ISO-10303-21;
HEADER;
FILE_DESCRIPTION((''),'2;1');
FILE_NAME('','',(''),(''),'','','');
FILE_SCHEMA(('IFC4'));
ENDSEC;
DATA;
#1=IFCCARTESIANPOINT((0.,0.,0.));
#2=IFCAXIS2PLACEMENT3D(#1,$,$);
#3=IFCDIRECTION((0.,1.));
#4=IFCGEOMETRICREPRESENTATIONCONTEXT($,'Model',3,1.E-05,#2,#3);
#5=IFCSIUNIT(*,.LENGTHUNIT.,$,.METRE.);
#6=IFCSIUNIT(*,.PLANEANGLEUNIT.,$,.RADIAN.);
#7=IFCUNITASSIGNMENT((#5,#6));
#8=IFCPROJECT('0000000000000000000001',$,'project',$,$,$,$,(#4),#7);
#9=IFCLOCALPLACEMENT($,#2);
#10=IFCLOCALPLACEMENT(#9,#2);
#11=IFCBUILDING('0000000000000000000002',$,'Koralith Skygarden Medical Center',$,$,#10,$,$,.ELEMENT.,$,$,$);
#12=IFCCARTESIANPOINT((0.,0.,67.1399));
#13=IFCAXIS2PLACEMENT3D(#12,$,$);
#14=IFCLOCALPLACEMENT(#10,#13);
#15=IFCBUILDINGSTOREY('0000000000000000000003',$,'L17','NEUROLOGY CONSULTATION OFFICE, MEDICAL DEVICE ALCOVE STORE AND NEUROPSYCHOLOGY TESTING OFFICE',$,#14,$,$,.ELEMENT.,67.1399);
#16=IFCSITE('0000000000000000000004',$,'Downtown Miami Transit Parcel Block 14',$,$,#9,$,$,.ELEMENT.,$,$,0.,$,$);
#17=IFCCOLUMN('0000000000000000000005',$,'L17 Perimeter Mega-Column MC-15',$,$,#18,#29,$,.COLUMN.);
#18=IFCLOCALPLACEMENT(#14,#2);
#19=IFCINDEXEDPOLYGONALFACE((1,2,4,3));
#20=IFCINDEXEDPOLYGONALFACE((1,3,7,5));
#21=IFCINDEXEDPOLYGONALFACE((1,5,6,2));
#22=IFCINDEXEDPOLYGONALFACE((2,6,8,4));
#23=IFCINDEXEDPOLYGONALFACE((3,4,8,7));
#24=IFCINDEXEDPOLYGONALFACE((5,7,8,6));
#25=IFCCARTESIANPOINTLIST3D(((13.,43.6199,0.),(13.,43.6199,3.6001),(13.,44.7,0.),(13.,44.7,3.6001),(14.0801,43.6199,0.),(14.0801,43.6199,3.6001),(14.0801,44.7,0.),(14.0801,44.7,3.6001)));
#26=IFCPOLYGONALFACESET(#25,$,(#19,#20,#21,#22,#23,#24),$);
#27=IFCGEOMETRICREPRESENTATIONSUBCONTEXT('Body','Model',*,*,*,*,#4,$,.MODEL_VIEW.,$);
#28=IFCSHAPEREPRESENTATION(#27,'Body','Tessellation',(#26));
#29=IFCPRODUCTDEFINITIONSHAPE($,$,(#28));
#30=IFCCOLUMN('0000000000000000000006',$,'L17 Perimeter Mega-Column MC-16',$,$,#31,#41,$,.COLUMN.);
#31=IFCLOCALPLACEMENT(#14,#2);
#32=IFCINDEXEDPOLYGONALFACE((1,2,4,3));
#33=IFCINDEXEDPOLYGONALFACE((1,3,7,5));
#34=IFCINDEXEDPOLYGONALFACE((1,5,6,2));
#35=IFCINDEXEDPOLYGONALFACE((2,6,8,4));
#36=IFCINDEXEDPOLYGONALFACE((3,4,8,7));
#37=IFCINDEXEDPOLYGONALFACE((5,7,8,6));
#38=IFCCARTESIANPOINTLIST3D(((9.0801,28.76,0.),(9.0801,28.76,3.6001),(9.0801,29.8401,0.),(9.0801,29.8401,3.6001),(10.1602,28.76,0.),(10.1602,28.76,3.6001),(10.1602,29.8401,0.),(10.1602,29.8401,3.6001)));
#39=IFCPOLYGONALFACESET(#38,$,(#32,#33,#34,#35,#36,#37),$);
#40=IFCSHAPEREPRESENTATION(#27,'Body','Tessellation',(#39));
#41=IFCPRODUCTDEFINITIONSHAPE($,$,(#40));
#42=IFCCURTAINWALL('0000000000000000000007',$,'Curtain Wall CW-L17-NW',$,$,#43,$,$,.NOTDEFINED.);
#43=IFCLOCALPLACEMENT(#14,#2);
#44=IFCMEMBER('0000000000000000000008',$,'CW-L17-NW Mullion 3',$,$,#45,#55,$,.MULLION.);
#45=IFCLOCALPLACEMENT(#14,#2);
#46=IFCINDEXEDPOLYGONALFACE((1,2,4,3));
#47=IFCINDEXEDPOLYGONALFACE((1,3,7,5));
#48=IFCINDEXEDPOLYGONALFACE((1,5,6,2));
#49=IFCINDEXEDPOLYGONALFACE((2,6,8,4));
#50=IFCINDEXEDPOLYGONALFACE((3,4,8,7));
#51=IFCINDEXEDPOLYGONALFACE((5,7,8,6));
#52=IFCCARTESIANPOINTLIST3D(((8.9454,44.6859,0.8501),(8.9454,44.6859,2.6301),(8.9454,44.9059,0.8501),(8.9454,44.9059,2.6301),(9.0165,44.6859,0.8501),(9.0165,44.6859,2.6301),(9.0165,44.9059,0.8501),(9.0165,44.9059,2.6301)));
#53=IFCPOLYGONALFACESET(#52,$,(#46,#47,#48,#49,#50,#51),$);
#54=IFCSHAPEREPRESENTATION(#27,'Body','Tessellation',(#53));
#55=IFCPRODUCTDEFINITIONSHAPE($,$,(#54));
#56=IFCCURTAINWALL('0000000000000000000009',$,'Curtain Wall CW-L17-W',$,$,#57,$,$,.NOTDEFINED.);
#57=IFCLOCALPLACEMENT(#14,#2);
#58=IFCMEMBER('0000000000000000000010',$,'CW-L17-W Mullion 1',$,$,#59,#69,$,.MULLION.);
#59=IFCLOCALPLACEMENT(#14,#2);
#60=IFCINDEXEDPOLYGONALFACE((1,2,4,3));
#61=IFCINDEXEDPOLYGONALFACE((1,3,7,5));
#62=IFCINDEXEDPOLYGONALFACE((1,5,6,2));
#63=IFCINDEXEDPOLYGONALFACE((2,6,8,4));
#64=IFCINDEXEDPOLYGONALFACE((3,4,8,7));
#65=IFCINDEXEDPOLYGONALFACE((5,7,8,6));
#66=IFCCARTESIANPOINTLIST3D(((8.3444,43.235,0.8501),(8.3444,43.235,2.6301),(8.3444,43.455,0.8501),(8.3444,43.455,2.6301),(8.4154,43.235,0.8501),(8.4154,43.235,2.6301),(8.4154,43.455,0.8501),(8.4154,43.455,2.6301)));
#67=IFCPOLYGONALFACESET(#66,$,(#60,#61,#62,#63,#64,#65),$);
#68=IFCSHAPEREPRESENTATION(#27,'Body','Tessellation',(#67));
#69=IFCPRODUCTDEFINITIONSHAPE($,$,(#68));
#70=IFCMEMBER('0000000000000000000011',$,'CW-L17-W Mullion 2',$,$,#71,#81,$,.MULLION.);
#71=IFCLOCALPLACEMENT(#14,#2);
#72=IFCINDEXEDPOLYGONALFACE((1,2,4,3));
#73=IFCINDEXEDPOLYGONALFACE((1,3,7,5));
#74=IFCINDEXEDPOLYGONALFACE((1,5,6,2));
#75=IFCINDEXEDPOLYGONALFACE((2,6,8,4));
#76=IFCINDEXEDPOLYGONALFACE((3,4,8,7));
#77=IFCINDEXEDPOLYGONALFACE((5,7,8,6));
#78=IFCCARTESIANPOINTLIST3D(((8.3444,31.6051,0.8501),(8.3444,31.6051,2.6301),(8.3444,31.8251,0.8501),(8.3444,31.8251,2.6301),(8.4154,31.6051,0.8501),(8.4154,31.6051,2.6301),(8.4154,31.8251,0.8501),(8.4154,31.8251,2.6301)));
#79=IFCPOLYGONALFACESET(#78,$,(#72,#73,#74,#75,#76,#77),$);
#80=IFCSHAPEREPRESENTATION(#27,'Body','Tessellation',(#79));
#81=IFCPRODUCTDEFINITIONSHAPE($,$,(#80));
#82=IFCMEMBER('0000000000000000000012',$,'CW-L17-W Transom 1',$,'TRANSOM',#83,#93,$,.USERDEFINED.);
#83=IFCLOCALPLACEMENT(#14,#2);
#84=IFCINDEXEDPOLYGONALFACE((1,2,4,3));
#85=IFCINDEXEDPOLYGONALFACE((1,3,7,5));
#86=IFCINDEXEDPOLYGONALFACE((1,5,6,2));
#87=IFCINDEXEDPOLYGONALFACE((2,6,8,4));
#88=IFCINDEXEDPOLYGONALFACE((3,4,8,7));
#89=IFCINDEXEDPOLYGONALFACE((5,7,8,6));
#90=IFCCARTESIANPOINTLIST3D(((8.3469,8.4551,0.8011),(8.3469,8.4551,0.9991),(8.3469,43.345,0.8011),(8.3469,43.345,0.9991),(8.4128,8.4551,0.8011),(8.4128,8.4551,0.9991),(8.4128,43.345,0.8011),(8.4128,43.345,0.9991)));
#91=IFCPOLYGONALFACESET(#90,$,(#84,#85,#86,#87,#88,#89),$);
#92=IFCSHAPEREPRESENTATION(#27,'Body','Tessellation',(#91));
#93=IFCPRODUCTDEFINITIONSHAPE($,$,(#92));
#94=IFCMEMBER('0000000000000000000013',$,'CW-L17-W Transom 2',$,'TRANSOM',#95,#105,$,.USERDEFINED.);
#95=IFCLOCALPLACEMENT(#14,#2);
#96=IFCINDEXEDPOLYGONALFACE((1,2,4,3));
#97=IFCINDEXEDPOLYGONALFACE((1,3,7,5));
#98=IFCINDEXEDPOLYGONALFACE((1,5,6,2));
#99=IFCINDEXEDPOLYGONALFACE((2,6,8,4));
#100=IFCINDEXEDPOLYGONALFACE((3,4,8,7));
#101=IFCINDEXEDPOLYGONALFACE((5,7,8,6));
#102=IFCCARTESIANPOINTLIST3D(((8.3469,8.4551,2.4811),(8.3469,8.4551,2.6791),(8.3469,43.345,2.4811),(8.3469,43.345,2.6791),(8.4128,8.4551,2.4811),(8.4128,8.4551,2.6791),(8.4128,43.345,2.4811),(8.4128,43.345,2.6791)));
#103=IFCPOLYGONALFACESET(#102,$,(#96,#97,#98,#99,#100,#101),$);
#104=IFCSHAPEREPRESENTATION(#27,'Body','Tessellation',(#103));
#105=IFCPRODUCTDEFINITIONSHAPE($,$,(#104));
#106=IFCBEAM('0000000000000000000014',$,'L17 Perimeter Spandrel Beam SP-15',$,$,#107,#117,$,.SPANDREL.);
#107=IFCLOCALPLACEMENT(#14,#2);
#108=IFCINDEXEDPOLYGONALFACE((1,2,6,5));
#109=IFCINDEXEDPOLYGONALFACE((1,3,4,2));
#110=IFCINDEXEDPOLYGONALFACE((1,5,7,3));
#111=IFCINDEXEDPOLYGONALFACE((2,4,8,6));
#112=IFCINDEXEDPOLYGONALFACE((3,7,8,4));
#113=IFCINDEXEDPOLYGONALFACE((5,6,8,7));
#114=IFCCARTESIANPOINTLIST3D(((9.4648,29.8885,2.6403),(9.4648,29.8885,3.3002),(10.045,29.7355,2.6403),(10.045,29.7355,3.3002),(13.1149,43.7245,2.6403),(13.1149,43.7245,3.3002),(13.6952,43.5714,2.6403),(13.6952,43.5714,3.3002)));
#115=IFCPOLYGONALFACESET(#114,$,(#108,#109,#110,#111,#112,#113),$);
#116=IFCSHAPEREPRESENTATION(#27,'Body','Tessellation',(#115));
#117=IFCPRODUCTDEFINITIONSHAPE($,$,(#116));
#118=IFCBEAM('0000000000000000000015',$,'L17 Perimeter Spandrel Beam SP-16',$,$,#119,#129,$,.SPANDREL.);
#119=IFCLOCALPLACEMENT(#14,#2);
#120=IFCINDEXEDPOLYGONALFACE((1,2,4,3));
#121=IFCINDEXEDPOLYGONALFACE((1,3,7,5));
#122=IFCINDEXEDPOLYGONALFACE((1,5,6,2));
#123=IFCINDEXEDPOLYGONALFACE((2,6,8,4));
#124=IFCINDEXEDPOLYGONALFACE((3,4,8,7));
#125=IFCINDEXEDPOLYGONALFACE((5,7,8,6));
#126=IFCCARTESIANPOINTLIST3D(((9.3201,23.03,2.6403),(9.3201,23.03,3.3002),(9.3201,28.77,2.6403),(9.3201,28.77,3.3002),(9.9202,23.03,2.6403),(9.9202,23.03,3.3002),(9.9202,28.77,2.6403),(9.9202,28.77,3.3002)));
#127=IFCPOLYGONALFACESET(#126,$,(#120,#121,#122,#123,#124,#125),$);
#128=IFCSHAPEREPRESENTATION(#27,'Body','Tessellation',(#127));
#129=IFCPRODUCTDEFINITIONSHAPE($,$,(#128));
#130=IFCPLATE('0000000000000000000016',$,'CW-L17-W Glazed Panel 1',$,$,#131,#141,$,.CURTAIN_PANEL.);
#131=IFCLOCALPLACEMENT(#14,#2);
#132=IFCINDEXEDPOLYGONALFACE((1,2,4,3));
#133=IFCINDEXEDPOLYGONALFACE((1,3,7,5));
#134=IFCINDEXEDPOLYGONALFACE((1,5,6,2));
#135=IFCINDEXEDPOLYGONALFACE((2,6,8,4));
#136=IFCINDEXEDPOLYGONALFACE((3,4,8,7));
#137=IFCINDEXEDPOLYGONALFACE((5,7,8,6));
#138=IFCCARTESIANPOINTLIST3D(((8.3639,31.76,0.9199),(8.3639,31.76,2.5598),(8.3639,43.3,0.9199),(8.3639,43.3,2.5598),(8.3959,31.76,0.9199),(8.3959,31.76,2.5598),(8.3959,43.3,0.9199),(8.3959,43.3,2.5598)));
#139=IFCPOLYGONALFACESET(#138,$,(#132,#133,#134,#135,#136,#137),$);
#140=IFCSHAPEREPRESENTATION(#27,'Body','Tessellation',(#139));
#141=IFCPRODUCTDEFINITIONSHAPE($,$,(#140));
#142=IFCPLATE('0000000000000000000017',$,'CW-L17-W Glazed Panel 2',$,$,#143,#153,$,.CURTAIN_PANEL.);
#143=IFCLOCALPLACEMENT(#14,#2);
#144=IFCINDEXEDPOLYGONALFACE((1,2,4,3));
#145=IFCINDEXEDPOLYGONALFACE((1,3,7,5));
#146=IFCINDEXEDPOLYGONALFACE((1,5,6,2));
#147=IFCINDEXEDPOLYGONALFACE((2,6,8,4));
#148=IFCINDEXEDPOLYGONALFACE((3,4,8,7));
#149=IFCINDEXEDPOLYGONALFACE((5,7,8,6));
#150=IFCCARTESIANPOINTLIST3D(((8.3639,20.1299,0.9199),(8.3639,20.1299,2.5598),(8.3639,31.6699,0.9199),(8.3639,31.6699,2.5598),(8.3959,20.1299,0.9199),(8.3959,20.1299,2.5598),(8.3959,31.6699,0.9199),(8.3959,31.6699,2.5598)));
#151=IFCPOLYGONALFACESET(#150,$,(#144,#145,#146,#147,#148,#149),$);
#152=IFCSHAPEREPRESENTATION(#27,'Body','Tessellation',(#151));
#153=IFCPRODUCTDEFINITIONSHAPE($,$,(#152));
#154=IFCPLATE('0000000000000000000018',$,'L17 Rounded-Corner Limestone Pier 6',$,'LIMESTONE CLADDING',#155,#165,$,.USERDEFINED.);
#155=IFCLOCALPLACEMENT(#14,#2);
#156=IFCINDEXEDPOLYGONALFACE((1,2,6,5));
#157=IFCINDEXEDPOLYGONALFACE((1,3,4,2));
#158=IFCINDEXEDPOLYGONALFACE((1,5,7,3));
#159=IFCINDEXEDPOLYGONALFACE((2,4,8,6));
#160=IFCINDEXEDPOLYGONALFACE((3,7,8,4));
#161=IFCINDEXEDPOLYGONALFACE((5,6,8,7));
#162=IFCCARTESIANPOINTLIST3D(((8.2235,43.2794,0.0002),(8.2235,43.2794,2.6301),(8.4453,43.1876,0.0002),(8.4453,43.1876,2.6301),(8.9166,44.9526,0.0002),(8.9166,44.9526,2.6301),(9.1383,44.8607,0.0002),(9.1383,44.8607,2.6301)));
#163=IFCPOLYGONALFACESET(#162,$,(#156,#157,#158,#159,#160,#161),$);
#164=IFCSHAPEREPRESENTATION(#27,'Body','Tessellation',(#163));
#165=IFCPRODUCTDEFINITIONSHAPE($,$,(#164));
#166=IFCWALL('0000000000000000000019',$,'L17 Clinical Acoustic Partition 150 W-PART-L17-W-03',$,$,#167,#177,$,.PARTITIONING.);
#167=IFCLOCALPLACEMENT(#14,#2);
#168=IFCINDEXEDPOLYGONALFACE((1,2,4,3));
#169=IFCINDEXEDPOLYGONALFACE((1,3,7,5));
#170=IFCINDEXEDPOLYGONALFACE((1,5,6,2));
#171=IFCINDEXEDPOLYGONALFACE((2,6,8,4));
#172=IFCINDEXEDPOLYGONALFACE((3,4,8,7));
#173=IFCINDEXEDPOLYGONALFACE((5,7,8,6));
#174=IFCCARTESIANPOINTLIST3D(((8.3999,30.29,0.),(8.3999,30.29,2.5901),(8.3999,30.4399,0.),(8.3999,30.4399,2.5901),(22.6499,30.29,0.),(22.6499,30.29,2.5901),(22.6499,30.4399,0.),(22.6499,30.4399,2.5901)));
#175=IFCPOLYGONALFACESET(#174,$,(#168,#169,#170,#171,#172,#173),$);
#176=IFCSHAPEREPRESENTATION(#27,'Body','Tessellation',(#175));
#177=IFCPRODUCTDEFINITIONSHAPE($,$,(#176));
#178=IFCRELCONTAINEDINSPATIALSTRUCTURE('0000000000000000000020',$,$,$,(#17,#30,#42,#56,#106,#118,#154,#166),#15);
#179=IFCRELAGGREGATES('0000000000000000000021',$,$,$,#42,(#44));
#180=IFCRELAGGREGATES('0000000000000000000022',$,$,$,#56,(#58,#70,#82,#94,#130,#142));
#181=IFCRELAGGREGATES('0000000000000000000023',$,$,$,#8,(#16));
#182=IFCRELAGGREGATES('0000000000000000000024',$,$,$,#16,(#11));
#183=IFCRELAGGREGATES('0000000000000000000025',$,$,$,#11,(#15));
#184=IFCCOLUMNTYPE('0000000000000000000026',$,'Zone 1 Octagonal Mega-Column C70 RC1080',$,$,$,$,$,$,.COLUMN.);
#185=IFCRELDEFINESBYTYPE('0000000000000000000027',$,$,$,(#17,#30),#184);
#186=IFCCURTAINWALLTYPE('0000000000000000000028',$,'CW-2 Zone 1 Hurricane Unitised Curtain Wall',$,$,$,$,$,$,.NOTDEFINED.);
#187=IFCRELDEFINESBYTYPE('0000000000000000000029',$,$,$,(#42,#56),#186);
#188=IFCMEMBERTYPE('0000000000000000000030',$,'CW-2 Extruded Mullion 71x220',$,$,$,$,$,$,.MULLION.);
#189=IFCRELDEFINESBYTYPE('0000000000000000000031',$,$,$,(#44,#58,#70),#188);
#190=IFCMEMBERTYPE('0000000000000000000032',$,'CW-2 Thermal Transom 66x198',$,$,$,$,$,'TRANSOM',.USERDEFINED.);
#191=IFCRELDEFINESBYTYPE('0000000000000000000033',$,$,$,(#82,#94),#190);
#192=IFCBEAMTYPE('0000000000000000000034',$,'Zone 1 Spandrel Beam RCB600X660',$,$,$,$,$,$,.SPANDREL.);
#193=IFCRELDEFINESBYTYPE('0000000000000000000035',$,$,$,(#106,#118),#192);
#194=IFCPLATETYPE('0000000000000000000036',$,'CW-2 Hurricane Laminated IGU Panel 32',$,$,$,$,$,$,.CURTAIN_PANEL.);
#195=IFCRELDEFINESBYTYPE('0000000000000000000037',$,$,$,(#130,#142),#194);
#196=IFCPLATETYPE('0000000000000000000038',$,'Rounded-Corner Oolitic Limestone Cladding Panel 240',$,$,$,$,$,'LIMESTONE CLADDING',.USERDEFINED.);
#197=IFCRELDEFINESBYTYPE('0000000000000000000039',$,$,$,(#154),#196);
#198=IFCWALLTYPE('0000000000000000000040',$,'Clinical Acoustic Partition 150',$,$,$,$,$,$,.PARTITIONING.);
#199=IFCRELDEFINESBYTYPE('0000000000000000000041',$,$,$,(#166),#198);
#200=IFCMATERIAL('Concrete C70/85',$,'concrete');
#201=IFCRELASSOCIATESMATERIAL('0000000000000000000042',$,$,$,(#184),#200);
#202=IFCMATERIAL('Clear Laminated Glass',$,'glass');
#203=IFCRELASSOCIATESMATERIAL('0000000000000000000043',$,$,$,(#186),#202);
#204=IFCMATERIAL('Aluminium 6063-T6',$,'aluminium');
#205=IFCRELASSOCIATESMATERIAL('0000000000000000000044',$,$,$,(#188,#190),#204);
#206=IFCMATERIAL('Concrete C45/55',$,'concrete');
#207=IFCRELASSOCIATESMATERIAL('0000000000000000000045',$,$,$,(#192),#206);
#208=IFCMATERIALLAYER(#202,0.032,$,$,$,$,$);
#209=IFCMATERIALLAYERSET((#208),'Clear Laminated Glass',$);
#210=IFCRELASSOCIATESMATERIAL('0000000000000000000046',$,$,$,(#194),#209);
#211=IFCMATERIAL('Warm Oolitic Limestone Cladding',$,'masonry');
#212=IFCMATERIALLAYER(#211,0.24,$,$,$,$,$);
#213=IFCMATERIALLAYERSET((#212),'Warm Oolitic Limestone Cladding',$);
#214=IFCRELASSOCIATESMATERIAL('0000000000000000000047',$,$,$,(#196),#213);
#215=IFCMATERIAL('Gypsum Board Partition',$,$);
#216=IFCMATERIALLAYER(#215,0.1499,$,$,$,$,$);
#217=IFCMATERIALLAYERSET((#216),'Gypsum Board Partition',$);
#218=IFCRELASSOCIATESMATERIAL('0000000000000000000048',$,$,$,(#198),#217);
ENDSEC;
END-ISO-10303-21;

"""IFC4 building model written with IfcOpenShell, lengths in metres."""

from ifc_helpers import new_model, si_unit, direction, frame, frame_2d, origin, origin_2d, place, context, subcontext, project, spatial, rectangle, extrude, material, layer, layer_set, material_profile, profile_set, type_object, element, aggregate, save


model = new_model("IFC4")

# Units and contexts
model_context = context("Model", 3, precision=1e-05, world=origin(), true_north=direction((0.0, 1.0)))
body_context = subcontext(model_context, "Body", "Model", "MODEL_VIEW")
ifc_project = project(units=[si_unit("LENGTHUNIT", "METRE"), si_unit("PLANEANGLEUNIT", "RADIAN")], contexts=[model_context])

# Site, building, storey
site_placement = place(None, origin())
site = spatial("IfcSite", under=ifc_project, at=site_placement, Name="Downtown Miami Transit Parcel Block 14", CompositionType="ELEMENT", RefElevation=0.0)
building_placement = place(site_placement, origin())
building = spatial("IfcBuilding", under=site, at=building_placement, Name="Koralith Skygarden Medical Center", CompositionType="ELEMENT")
storey_placement = place(building_placement, frame((0.0, 0.0, 67.1399)))
storey = spatial("IfcBuildingStorey", under=building, at=storey_placement, Name="L17", Description="NEUROLOGY CONSULTATION OFFICE, MEDICAL DEVICE ALCOVE STORE AND NEUROPSYCHOLOGY TESTING OFFICE", CompositionType="ELEMENT", Elevation=67.1399)

# Columns
ifc_material_1 = material(Name="Concrete C70/85", Category="concrete")
ifc_material_profile_1 = material_profile(ifc_material_1, rectangle(XDim=1.0801, YDim=1.0801, at=origin_2d()), Name="RC1080X1080")
ifc_profile_set_1 = profile_set([ifc_material_profile_1], Name="Concrete C70/85")
column_type = type_object("IfcColumnType", Name="Zone 1 Octagonal Mega-Column C70 RC1080", PredefinedType="COLUMN", material=ifc_profile_set_1)
for number, where, z_axis, x_axis, name in (
    (1, (13.54, 44.1599, 0.0), (0.0, 0.0, 1.0), (1.0, 0.0, 0.0), "L17 Perimeter Mega-Column MC-15"),
    (2, (9.6201, 29.3, 0.0), (0.0, 0.0, 1.0), (1.0, 0.0, 0.0), "L17 Perimeter Mega-Column MC-16"),
):
    element("IfcColumn", number, at=place(storey_placement, frame(where, z_axis=z_axis, x_axis=x_axis)), inside=storey, type_object=column_type, Name=name, PredefinedType="COLUMN", context=body_context, shape_type="SweptSolid", body=[
        extrude(rectangle(XDim=1.0801, YDim=1.0801, at=origin_2d()), origin(), (0.0, 0.0, 1.0), 3.6001),
    ])

# Curtain wall, member
ifc_material_2 = material(Name="Clear Laminated Glass", Category="glass")
curtain_wall_type = type_object("IfcCurtainWallType", Name="CW-2 Zone 1 Hurricane Unitised Curtain Wall", PredefinedType="NOTDEFINED", material=ifc_material_2)
curtain_wall_1_placement = place(storey_placement, origin())
curtain_wall_1 = element("IfcCurtainWall", 3, at=curtain_wall_1_placement, inside=storey, type_object=curtain_wall_type, Name="Curtain Wall CW-L17-NW", PredefinedType="NOTDEFINED")
ifc_material_3 = material(Name="Aluminium 6063-T6", Category="aluminium")
ifc_material_profile_2 = material_profile(ifc_material_3, rectangle(XDim=0.071, YDim=0.22, at=origin_2d()), Name="MUL71X220")
ifc_profile_set_2 = profile_set([ifc_material_profile_2], Name="Aluminium 6063-T6")
member_type_1 = type_object("IfcMemberType", Name="CW-2 Extruded Mullion 71x220", PredefinedType="MULLION", material=ifc_profile_set_2)
member_1_placement = place(storey_placement, frame((8.981, 44.7959, 0.8501), z_axis=(0.0, 0.0, 1.0), x_axis=(1.0, 0.0, 0.0)))
member_1 = element("IfcMember", 4, at=member_1_placement, type_object=member_type_1, Name="CW-L17-NW Mullion 3", PredefinedType="MULLION", context=body_context, shape_type="SweptSolid", body=[
    extrude(rectangle(XDim=0.071, YDim=0.22, at=origin_2d()), origin(), (0.0, 0.0, 1.0), 1.78),
])
aggregate(curtain_wall_1, [member_1])

# Curtain wall, members
curtain_wall_2_placement = place(storey_placement, origin())
curtain_wall_2 = element("IfcCurtainWall", 5, at=curtain_wall_2_placement, inside=storey, type_object=curtain_wall_type, Name="Curtain Wall CW-L17-W", PredefinedType="NOTDEFINED")
member_2_placement = place(storey_placement, frame((8.3799, 43.345, 0.8501), z_axis=(0.0, 0.0, 1.0), x_axis=(1.0, 0.0, 0.0)))
member_2 = element("IfcMember", 6, at=member_2_placement, type_object=member_type_1, Name="CW-L17-W Mullion 1", PredefinedType="MULLION", context=body_context, shape_type="SweptSolid", body=[
    extrude(rectangle(XDim=0.071, YDim=0.22, at=origin_2d()), origin(), (0.0, 0.0, 1.0), 1.78),
])
member_3_placement = place(storey_placement, frame((8.3799, 31.7151, 0.8501), z_axis=(0.0, 0.0, 1.0), x_axis=(1.0, 0.0, 0.0)))
member_3 = element("IfcMember", 7, at=member_3_placement, type_object=member_type_1, Name="CW-L17-W Mullion 2", PredefinedType="MULLION", context=body_context, shape_type="SweptSolid", body=[
    extrude(rectangle(XDim=0.071, YDim=0.22, at=origin_2d()), origin(), (0.0, 0.0, 1.0), 1.78),
])
ifc_material_profile_3 = material_profile(ifc_material_3, rectangle(XDim=0.0659, YDim=0.198, at=origin_2d()), Name="TRN66X198")
ifc_profile_set_3 = profile_set([ifc_material_profile_3], Name="Aluminium 6063-T6")
member_type_2 = type_object("IfcMemberType", Name="CW-2 Thermal Transom 66x198", ElementType="TRANSOM", PredefinedType="USERDEFINED", material=ifc_profile_set_3)
member_4_placement = place(storey_placement, frame((8.3799, 43.345, 0.9001), z_axis=(0.0, -1.0, 0.0), x_axis=(1.0, 0.0, 0.0)))
member_4 = element("IfcMember", 8, at=member_4_placement, type_object=member_type_2, Name="CW-L17-W Transom 1", ObjectType="TRANSOM", PredefinedType="USERDEFINED", context=body_context, shape_type="SweptSolid", body=[
    extrude(rectangle(XDim=0.0659, YDim=0.198, at=origin_2d()), origin(), (0.0, 0.0, 1.0), 34.8899),
])
member_5_placement = place(storey_placement, frame((8.3799, 43.345, 2.5801), z_axis=(0.0, -1.0, 0.0), x_axis=(1.0, 0.0, 0.0)))
member_5 = element("IfcMember", 9, at=member_5_placement, type_object=member_type_2, Name="CW-L17-W Transom 2", ObjectType="TRANSOM", PredefinedType="USERDEFINED", context=body_context, shape_type="SweptSolid", body=[
    extrude(rectangle(XDim=0.0659, YDim=0.198, at=origin_2d()), origin(), (0.0, 0.0, 1.0), 34.8899),
])

# Beams
ifc_material_4 = material(Name="Concrete C45/55", Category="concrete")
ifc_material_profile_4 = material_profile(ifc_material_4, rectangle(XDim=0.6001, YDim=0.6599, at=origin_2d()), Name="RCB600X660")
ifc_profile_set_4 = profile_set([ifc_material_profile_4], Name="Concrete C45/55")
beam_type = type_object("IfcBeamType", Name="Zone 1 Spandrel Beam RCB600X660", PredefinedType="SPANDREL", material=ifc_profile_set_4)
beam_1_placement = place(storey_placement, frame((13.405, 43.6479, 2.9702), z_axis=(-0.255089, -0.966918, 0.0), x_axis=(0.966918, -0.255089, 0.0)))
element("IfcBeam", 10, at=beam_1_placement, inside=storey, type_object=beam_type, Name="L17 Perimeter Spandrel Beam SP-15", PredefinedType="SPANDREL", context=body_context, shape_type="SweptSolid", body=[
    extrude(rectangle(XDim=0.6001, YDim=0.6599, at=origin_2d()), origin(), (0.0, 0.0, 1.0), 14.3093),
])
beam_2_placement = place(storey_placement, frame((9.6201, 28.77, 2.9702), z_axis=(0.0, -1.0, 0.0), x_axis=(1.0, 0.0, 0.0)))
element("IfcBeam", 11, at=beam_2_placement, inside=storey, type_object=beam_type, Name="L17 Perimeter Spandrel Beam SP-16", PredefinedType="SPANDREL", context=body_context, shape_type="SweptSolid", body=[
    extrude(rectangle(XDim=0.6001, YDim=0.6599, at=origin_2d()), origin(), (0.0, 0.0, 1.0), 5.74),
])

# Plates
ifc_layer_1 = layer(ifc_material_2, 0.032)
ifc_layer_set_1 = layer_set([ifc_layer_1], Name="Clear Laminated Glass")
plate_type_1 = type_object("IfcPlateType", Name="CW-2 Hurricane Laminated IGU Panel 32", PredefinedType="CURTAIN_PANEL", material=ifc_layer_set_1)
plate_1_placement = place(storey_placement, frame((8.3799, 37.53, 0.9199), z_axis=(0.0, 0.0, 1.0), x_axis=(0.0, -1.0, 0.0)))
plate_1 = element("IfcPlate", 12, at=plate_1_placement, type_object=plate_type_1, Name="CW-L17-W Glazed Panel 1", PredefinedType="CURTAIN_PANEL", context=body_context, shape_type="SweptSolid", body=[
    extrude(rectangle(XDim=11.54, YDim=0.032, at=origin_2d()), origin(), (0.0, 0.0, 1.0), 1.6399),
])
plate_2_placement = place(storey_placement, frame((8.3799, 25.8999, 0.9199), z_axis=(0.0, 0.0, 1.0), x_axis=(0.0, -1.0, 0.0)))
plate_2 = element("IfcPlate", 13, at=plate_2_placement, type_object=plate_type_1, Name="CW-L17-W Glazed Panel 2", PredefinedType="CURTAIN_PANEL", context=body_context, shape_type="SweptSolid", body=[
    extrude(rectangle(XDim=11.54, YDim=0.032, at=origin_2d()), origin(), (0.0, 0.0, 1.0), 1.6399),
])
aggregate(curtain_wall_2, [member_2, member_3, member_4, member_5, plate_1, plate_2])
ifc_material_5 = material(Name="Warm Oolitic Limestone Cladding", Category="masonry")
ifc_layer_2 = layer(ifc_material_5, 0.24)
ifc_layer_set_2 = layer_set([ifc_layer_2], Name="Warm Oolitic Limestone Cladding")
plate_type_2 = type_object("IfcPlateType", Name="Rounded-Corner Oolitic Limestone Cladding Panel 240", ElementType="LIMESTONE CLADDING", PredefinedType="USERDEFINED", material=ifc_layer_set_2)
plate_3_placement = place(storey_placement, frame((8.6809, 44.0701, 0.0002), z_axis=(0.0, 0.0, 1.0), x_axis=(-0.382671, -0.923885, 0.0)))
element("IfcPlate", 14, at=plate_3_placement, inside=storey, type_object=plate_type_2, Name="L17 Rounded-Corner Limestone Pier 6", ObjectType="LIMESTONE CLADDING", PredefinedType="USERDEFINED", context=body_context, shape_type="SweptSolid", body=[
    extrude(rectangle(XDim=1.811, YDim=0.24, at=origin_2d()), origin(), (0.0, 0.0, 1.0), 2.6299),
])

# Wall
ifc_material_6 = material(Name="Gypsum Board Partition")
ifc_layer_3 = layer(ifc_material_6, 0.1499)
ifc_layer_set_3 = layer_set([ifc_layer_3], Name="Gypsum Board Partition")
wall_type_1 = type_object("IfcWallType", Name="Clinical Acoustic Partition 150", PredefinedType="PARTITIONING", material=ifc_layer_set_3)
wall_1_placement = place(storey_placement, frame((22.6499, 30.365, 0.0), z_axis=(0.0, 0.0, 1.0), x_axis=(-1.0, 0.0, 0.0)))
element("IfcWall", 15, at=wall_1_placement, inside=storey, type_object=wall_type_1, Name="L17 Clinical Acoustic Partition 150 W-PART-L17-W-03", PredefinedType="PARTITIONING", context=body_context, shape_type="SweptSolid", body=[
    extrude(rectangle(XDim=14.25, YDim=0.1499, at=frame_2d((7.125, 0.0))), origin(), (0.0, 0.0, 1.0), 2.5901),
])

save(model, "model.ifc")
